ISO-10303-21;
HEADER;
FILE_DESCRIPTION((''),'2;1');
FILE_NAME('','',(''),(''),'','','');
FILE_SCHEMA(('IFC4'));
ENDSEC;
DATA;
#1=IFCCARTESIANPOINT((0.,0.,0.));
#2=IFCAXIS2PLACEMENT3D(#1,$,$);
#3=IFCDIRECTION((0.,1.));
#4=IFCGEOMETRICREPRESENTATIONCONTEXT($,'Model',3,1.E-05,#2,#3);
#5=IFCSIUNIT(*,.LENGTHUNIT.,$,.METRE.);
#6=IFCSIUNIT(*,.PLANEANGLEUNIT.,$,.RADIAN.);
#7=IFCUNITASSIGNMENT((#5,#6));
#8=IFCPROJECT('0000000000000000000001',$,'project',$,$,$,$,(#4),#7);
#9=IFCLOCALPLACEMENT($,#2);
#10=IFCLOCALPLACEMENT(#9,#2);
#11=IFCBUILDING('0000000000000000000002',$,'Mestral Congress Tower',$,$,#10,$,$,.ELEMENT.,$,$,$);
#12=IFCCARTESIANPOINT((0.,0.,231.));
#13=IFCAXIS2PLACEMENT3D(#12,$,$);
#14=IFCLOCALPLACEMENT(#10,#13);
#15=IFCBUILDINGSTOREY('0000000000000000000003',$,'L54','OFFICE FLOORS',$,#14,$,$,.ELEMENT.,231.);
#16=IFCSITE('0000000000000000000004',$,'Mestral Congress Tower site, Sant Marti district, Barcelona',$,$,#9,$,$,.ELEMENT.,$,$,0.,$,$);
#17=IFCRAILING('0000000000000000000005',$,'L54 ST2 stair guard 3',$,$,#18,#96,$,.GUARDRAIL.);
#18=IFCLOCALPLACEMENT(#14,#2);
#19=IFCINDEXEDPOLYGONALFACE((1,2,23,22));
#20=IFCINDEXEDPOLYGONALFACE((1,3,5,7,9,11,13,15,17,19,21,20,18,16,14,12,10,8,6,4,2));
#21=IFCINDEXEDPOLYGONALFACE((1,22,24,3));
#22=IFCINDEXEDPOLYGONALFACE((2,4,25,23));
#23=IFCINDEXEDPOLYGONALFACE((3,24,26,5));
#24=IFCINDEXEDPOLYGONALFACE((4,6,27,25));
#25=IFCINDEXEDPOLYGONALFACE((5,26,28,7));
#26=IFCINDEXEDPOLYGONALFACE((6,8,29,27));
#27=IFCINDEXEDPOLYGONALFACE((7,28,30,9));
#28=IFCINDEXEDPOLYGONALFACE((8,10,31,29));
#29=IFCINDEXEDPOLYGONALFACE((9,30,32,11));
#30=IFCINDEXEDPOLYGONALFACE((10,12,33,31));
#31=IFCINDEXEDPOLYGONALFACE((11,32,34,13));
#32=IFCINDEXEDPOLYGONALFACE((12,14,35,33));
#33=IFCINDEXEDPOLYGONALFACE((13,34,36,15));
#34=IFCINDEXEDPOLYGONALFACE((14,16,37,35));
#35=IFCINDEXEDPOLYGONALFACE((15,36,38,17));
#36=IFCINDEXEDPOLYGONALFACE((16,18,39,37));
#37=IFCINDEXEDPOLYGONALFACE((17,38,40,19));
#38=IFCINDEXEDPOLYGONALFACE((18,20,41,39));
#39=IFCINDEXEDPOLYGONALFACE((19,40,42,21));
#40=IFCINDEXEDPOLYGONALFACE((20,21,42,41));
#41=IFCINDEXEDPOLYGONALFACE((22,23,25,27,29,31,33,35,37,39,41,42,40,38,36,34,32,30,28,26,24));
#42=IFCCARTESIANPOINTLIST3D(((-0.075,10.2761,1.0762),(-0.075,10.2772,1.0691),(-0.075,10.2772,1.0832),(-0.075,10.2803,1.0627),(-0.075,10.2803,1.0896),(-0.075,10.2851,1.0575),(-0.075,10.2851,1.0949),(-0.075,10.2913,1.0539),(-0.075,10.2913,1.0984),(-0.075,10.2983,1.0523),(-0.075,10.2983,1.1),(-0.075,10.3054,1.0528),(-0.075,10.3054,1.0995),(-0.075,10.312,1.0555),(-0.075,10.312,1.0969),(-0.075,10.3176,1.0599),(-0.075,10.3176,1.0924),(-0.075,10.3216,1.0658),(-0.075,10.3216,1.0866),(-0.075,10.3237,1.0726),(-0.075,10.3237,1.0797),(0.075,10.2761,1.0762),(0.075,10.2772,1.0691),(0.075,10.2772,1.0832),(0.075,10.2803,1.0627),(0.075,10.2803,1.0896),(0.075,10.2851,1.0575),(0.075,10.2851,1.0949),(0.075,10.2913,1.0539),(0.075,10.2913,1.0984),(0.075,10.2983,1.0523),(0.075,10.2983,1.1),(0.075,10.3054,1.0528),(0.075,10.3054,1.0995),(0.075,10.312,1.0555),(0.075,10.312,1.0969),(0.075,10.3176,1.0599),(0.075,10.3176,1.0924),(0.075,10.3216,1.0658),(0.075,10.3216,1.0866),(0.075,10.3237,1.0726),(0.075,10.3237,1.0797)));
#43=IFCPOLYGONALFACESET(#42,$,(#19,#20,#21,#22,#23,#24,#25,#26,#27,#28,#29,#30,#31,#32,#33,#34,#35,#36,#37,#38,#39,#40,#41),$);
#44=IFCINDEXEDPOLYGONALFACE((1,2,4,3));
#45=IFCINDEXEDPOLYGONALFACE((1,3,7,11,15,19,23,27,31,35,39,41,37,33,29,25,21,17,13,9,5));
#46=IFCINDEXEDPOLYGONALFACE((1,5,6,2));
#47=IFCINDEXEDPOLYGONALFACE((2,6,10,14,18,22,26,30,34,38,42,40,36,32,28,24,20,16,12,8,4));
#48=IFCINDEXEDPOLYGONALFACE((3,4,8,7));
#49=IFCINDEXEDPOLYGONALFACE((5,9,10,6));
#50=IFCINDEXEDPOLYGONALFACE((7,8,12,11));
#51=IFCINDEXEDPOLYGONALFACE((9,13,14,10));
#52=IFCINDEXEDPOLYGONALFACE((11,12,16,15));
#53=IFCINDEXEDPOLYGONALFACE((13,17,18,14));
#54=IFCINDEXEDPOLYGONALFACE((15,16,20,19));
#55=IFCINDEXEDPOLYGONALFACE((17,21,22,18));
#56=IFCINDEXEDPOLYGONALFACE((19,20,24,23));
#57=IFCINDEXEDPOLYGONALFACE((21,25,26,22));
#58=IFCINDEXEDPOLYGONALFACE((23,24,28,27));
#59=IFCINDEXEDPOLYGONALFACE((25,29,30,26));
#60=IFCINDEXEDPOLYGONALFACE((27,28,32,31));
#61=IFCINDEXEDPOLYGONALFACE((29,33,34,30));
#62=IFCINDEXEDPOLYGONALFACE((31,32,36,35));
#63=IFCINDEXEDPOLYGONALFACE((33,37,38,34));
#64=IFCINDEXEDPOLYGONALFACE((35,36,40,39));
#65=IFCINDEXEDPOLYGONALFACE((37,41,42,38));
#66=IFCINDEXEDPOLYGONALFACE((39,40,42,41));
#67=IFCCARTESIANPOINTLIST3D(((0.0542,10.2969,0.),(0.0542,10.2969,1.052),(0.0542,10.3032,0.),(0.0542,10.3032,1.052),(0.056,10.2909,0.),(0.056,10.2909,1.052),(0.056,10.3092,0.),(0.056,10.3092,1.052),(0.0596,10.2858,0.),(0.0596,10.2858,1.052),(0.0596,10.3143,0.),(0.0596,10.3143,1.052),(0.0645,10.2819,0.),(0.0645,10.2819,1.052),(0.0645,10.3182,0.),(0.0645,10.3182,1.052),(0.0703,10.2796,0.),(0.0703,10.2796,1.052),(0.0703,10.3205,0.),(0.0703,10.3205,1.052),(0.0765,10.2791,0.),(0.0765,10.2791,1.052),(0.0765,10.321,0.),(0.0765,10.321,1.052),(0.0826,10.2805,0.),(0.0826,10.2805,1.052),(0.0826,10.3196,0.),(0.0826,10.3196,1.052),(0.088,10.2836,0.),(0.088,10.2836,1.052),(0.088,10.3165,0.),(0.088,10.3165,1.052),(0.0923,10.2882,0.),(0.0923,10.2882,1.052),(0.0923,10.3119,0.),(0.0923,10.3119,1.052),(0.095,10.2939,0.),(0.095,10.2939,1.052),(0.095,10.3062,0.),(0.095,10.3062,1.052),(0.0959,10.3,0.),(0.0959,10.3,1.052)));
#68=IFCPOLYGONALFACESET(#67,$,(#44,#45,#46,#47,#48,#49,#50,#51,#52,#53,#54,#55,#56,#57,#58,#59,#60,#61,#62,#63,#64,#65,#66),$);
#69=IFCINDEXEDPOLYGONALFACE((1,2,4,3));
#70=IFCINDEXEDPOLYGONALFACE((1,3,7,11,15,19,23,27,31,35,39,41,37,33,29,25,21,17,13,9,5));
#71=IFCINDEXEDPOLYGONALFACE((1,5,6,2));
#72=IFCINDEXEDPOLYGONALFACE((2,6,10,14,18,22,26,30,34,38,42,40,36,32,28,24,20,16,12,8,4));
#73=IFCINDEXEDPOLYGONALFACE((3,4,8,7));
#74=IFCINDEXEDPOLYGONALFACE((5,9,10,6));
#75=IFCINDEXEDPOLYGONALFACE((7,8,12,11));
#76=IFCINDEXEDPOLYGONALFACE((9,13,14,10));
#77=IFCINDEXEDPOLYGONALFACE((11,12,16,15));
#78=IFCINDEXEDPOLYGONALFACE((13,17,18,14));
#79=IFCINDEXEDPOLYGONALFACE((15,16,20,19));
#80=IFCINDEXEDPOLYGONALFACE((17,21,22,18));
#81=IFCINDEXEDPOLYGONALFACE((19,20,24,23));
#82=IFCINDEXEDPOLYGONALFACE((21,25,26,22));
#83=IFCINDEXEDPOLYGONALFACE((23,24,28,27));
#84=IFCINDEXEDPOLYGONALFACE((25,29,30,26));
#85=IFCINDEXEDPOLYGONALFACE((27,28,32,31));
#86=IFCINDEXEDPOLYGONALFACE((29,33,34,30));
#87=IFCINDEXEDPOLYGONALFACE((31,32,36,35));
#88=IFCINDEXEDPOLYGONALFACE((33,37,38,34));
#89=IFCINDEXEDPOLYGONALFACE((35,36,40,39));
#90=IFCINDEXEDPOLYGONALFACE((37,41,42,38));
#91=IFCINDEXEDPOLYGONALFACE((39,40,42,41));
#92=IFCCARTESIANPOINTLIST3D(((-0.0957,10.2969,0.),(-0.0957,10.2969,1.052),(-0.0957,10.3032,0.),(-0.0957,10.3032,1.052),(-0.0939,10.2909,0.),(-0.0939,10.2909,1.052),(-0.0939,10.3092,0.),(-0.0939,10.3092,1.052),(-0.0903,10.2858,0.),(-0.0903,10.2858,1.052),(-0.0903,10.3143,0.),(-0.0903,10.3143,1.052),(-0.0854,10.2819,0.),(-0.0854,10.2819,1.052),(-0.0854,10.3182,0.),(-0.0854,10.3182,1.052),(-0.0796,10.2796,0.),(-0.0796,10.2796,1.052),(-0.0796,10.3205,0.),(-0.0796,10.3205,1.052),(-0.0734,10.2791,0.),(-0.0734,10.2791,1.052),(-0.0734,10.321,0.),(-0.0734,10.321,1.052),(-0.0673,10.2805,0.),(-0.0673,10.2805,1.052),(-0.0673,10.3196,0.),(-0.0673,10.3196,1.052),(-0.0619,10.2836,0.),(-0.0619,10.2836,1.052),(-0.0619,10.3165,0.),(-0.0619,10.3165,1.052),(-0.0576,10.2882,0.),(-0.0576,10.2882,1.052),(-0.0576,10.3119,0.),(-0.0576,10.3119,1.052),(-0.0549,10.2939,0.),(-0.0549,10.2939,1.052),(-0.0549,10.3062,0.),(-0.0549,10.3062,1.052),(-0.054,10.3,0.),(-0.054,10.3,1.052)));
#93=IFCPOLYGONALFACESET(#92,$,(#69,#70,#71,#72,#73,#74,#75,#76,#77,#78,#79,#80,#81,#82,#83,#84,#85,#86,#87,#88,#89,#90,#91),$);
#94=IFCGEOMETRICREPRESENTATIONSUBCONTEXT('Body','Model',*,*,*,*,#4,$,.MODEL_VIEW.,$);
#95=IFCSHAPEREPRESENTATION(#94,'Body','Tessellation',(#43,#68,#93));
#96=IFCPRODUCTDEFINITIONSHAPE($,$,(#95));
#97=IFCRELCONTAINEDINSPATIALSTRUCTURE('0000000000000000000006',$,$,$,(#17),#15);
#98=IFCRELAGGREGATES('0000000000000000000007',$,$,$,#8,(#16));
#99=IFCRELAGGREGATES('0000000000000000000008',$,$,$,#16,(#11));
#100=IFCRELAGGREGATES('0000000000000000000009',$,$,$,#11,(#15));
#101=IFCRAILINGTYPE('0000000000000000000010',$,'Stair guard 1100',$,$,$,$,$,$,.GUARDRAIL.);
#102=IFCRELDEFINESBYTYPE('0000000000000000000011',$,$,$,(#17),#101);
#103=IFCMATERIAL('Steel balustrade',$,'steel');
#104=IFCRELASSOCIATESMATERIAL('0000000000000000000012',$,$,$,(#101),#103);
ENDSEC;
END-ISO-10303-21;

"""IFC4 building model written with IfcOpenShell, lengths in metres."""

from ifc_helpers import new_model, si_unit, direction, frame, origin, origin_2d, place, context, subcontext, project, spatial, circle, extrude, material, type_object, element, save


model = new_model("IFC4")

# Units and contexts
model_context = context("Model", 3, precision=1e-05, world=origin(), true_north=direction((0.0, 1.0)))
body_context = subcontext(model_context, "Body", "Model", "MODEL_VIEW")
ifc_project = project(units=[si_unit("LENGTHUNIT", "METRE"), si_unit("PLANEANGLEUNIT", "RADIAN")], contexts=[model_context])

# Site, building, storey
site_placement = place(None, origin())
site = spatial("IfcSite", under=ifc_project, at=site_placement, Name="Mestral Congress Tower site, Sant Marti district, Barcelona", CompositionType="ELEMENT", RefElevation=0.0)
building_placement = place(site_placement, origin())
building = spatial("IfcBuilding", under=site, at=building_placement, Name="Mestral Congress Tower", CompositionType="ELEMENT")
storey_placement = place(building_placement, frame((0.0, 0.0, 231.0)))
storey = spatial("IfcBuildingStorey", under=building, at=storey_placement, Name="L54", Description="OFFICE FLOORS", CompositionType="ELEMENT", Elevation=231.0)

# Railing
ifc_material_1 = material(Name="Steel balustrade", Category="steel")
railing_type_1 = type_object("IfcRailingType", Name="Stair guard 1100", PredefinedType="GUARDRAIL", material=ifc_material_1)
railing_1_placement = place(storey_placement, frame((0.075, 10.3, 0.0)))
element("IfcRailing", 1, at=railing_1_placement, inside=storey, type_object=railing_type_1, Name="L54 ST2 stair guard 3", PredefinedType="GUARDRAIL", context=body_context, shape_type="SweptSolid", body=[
    extrude(circle(Radius=0.0239, at=origin_2d()), frame((0.0, 0.0, 1.0762), z_axis=(-1.0, 0.0, 0.0), x_axis=(0.0, -1.0, 0.0)), (0.0, 0.0, 1.0), 0.1499),
    extrude(circle(Radius=0.021, at=origin_2d()), origin(), (0.0, 0.0, 1.0), 1.052),
    extrude(circle(Radius=0.021, at=origin_2d()), frame((-0.1499, 0.0, 0.0)), (0.0, 0.0, 1.0), 1.052),
])

save(model, "model.ifc")
